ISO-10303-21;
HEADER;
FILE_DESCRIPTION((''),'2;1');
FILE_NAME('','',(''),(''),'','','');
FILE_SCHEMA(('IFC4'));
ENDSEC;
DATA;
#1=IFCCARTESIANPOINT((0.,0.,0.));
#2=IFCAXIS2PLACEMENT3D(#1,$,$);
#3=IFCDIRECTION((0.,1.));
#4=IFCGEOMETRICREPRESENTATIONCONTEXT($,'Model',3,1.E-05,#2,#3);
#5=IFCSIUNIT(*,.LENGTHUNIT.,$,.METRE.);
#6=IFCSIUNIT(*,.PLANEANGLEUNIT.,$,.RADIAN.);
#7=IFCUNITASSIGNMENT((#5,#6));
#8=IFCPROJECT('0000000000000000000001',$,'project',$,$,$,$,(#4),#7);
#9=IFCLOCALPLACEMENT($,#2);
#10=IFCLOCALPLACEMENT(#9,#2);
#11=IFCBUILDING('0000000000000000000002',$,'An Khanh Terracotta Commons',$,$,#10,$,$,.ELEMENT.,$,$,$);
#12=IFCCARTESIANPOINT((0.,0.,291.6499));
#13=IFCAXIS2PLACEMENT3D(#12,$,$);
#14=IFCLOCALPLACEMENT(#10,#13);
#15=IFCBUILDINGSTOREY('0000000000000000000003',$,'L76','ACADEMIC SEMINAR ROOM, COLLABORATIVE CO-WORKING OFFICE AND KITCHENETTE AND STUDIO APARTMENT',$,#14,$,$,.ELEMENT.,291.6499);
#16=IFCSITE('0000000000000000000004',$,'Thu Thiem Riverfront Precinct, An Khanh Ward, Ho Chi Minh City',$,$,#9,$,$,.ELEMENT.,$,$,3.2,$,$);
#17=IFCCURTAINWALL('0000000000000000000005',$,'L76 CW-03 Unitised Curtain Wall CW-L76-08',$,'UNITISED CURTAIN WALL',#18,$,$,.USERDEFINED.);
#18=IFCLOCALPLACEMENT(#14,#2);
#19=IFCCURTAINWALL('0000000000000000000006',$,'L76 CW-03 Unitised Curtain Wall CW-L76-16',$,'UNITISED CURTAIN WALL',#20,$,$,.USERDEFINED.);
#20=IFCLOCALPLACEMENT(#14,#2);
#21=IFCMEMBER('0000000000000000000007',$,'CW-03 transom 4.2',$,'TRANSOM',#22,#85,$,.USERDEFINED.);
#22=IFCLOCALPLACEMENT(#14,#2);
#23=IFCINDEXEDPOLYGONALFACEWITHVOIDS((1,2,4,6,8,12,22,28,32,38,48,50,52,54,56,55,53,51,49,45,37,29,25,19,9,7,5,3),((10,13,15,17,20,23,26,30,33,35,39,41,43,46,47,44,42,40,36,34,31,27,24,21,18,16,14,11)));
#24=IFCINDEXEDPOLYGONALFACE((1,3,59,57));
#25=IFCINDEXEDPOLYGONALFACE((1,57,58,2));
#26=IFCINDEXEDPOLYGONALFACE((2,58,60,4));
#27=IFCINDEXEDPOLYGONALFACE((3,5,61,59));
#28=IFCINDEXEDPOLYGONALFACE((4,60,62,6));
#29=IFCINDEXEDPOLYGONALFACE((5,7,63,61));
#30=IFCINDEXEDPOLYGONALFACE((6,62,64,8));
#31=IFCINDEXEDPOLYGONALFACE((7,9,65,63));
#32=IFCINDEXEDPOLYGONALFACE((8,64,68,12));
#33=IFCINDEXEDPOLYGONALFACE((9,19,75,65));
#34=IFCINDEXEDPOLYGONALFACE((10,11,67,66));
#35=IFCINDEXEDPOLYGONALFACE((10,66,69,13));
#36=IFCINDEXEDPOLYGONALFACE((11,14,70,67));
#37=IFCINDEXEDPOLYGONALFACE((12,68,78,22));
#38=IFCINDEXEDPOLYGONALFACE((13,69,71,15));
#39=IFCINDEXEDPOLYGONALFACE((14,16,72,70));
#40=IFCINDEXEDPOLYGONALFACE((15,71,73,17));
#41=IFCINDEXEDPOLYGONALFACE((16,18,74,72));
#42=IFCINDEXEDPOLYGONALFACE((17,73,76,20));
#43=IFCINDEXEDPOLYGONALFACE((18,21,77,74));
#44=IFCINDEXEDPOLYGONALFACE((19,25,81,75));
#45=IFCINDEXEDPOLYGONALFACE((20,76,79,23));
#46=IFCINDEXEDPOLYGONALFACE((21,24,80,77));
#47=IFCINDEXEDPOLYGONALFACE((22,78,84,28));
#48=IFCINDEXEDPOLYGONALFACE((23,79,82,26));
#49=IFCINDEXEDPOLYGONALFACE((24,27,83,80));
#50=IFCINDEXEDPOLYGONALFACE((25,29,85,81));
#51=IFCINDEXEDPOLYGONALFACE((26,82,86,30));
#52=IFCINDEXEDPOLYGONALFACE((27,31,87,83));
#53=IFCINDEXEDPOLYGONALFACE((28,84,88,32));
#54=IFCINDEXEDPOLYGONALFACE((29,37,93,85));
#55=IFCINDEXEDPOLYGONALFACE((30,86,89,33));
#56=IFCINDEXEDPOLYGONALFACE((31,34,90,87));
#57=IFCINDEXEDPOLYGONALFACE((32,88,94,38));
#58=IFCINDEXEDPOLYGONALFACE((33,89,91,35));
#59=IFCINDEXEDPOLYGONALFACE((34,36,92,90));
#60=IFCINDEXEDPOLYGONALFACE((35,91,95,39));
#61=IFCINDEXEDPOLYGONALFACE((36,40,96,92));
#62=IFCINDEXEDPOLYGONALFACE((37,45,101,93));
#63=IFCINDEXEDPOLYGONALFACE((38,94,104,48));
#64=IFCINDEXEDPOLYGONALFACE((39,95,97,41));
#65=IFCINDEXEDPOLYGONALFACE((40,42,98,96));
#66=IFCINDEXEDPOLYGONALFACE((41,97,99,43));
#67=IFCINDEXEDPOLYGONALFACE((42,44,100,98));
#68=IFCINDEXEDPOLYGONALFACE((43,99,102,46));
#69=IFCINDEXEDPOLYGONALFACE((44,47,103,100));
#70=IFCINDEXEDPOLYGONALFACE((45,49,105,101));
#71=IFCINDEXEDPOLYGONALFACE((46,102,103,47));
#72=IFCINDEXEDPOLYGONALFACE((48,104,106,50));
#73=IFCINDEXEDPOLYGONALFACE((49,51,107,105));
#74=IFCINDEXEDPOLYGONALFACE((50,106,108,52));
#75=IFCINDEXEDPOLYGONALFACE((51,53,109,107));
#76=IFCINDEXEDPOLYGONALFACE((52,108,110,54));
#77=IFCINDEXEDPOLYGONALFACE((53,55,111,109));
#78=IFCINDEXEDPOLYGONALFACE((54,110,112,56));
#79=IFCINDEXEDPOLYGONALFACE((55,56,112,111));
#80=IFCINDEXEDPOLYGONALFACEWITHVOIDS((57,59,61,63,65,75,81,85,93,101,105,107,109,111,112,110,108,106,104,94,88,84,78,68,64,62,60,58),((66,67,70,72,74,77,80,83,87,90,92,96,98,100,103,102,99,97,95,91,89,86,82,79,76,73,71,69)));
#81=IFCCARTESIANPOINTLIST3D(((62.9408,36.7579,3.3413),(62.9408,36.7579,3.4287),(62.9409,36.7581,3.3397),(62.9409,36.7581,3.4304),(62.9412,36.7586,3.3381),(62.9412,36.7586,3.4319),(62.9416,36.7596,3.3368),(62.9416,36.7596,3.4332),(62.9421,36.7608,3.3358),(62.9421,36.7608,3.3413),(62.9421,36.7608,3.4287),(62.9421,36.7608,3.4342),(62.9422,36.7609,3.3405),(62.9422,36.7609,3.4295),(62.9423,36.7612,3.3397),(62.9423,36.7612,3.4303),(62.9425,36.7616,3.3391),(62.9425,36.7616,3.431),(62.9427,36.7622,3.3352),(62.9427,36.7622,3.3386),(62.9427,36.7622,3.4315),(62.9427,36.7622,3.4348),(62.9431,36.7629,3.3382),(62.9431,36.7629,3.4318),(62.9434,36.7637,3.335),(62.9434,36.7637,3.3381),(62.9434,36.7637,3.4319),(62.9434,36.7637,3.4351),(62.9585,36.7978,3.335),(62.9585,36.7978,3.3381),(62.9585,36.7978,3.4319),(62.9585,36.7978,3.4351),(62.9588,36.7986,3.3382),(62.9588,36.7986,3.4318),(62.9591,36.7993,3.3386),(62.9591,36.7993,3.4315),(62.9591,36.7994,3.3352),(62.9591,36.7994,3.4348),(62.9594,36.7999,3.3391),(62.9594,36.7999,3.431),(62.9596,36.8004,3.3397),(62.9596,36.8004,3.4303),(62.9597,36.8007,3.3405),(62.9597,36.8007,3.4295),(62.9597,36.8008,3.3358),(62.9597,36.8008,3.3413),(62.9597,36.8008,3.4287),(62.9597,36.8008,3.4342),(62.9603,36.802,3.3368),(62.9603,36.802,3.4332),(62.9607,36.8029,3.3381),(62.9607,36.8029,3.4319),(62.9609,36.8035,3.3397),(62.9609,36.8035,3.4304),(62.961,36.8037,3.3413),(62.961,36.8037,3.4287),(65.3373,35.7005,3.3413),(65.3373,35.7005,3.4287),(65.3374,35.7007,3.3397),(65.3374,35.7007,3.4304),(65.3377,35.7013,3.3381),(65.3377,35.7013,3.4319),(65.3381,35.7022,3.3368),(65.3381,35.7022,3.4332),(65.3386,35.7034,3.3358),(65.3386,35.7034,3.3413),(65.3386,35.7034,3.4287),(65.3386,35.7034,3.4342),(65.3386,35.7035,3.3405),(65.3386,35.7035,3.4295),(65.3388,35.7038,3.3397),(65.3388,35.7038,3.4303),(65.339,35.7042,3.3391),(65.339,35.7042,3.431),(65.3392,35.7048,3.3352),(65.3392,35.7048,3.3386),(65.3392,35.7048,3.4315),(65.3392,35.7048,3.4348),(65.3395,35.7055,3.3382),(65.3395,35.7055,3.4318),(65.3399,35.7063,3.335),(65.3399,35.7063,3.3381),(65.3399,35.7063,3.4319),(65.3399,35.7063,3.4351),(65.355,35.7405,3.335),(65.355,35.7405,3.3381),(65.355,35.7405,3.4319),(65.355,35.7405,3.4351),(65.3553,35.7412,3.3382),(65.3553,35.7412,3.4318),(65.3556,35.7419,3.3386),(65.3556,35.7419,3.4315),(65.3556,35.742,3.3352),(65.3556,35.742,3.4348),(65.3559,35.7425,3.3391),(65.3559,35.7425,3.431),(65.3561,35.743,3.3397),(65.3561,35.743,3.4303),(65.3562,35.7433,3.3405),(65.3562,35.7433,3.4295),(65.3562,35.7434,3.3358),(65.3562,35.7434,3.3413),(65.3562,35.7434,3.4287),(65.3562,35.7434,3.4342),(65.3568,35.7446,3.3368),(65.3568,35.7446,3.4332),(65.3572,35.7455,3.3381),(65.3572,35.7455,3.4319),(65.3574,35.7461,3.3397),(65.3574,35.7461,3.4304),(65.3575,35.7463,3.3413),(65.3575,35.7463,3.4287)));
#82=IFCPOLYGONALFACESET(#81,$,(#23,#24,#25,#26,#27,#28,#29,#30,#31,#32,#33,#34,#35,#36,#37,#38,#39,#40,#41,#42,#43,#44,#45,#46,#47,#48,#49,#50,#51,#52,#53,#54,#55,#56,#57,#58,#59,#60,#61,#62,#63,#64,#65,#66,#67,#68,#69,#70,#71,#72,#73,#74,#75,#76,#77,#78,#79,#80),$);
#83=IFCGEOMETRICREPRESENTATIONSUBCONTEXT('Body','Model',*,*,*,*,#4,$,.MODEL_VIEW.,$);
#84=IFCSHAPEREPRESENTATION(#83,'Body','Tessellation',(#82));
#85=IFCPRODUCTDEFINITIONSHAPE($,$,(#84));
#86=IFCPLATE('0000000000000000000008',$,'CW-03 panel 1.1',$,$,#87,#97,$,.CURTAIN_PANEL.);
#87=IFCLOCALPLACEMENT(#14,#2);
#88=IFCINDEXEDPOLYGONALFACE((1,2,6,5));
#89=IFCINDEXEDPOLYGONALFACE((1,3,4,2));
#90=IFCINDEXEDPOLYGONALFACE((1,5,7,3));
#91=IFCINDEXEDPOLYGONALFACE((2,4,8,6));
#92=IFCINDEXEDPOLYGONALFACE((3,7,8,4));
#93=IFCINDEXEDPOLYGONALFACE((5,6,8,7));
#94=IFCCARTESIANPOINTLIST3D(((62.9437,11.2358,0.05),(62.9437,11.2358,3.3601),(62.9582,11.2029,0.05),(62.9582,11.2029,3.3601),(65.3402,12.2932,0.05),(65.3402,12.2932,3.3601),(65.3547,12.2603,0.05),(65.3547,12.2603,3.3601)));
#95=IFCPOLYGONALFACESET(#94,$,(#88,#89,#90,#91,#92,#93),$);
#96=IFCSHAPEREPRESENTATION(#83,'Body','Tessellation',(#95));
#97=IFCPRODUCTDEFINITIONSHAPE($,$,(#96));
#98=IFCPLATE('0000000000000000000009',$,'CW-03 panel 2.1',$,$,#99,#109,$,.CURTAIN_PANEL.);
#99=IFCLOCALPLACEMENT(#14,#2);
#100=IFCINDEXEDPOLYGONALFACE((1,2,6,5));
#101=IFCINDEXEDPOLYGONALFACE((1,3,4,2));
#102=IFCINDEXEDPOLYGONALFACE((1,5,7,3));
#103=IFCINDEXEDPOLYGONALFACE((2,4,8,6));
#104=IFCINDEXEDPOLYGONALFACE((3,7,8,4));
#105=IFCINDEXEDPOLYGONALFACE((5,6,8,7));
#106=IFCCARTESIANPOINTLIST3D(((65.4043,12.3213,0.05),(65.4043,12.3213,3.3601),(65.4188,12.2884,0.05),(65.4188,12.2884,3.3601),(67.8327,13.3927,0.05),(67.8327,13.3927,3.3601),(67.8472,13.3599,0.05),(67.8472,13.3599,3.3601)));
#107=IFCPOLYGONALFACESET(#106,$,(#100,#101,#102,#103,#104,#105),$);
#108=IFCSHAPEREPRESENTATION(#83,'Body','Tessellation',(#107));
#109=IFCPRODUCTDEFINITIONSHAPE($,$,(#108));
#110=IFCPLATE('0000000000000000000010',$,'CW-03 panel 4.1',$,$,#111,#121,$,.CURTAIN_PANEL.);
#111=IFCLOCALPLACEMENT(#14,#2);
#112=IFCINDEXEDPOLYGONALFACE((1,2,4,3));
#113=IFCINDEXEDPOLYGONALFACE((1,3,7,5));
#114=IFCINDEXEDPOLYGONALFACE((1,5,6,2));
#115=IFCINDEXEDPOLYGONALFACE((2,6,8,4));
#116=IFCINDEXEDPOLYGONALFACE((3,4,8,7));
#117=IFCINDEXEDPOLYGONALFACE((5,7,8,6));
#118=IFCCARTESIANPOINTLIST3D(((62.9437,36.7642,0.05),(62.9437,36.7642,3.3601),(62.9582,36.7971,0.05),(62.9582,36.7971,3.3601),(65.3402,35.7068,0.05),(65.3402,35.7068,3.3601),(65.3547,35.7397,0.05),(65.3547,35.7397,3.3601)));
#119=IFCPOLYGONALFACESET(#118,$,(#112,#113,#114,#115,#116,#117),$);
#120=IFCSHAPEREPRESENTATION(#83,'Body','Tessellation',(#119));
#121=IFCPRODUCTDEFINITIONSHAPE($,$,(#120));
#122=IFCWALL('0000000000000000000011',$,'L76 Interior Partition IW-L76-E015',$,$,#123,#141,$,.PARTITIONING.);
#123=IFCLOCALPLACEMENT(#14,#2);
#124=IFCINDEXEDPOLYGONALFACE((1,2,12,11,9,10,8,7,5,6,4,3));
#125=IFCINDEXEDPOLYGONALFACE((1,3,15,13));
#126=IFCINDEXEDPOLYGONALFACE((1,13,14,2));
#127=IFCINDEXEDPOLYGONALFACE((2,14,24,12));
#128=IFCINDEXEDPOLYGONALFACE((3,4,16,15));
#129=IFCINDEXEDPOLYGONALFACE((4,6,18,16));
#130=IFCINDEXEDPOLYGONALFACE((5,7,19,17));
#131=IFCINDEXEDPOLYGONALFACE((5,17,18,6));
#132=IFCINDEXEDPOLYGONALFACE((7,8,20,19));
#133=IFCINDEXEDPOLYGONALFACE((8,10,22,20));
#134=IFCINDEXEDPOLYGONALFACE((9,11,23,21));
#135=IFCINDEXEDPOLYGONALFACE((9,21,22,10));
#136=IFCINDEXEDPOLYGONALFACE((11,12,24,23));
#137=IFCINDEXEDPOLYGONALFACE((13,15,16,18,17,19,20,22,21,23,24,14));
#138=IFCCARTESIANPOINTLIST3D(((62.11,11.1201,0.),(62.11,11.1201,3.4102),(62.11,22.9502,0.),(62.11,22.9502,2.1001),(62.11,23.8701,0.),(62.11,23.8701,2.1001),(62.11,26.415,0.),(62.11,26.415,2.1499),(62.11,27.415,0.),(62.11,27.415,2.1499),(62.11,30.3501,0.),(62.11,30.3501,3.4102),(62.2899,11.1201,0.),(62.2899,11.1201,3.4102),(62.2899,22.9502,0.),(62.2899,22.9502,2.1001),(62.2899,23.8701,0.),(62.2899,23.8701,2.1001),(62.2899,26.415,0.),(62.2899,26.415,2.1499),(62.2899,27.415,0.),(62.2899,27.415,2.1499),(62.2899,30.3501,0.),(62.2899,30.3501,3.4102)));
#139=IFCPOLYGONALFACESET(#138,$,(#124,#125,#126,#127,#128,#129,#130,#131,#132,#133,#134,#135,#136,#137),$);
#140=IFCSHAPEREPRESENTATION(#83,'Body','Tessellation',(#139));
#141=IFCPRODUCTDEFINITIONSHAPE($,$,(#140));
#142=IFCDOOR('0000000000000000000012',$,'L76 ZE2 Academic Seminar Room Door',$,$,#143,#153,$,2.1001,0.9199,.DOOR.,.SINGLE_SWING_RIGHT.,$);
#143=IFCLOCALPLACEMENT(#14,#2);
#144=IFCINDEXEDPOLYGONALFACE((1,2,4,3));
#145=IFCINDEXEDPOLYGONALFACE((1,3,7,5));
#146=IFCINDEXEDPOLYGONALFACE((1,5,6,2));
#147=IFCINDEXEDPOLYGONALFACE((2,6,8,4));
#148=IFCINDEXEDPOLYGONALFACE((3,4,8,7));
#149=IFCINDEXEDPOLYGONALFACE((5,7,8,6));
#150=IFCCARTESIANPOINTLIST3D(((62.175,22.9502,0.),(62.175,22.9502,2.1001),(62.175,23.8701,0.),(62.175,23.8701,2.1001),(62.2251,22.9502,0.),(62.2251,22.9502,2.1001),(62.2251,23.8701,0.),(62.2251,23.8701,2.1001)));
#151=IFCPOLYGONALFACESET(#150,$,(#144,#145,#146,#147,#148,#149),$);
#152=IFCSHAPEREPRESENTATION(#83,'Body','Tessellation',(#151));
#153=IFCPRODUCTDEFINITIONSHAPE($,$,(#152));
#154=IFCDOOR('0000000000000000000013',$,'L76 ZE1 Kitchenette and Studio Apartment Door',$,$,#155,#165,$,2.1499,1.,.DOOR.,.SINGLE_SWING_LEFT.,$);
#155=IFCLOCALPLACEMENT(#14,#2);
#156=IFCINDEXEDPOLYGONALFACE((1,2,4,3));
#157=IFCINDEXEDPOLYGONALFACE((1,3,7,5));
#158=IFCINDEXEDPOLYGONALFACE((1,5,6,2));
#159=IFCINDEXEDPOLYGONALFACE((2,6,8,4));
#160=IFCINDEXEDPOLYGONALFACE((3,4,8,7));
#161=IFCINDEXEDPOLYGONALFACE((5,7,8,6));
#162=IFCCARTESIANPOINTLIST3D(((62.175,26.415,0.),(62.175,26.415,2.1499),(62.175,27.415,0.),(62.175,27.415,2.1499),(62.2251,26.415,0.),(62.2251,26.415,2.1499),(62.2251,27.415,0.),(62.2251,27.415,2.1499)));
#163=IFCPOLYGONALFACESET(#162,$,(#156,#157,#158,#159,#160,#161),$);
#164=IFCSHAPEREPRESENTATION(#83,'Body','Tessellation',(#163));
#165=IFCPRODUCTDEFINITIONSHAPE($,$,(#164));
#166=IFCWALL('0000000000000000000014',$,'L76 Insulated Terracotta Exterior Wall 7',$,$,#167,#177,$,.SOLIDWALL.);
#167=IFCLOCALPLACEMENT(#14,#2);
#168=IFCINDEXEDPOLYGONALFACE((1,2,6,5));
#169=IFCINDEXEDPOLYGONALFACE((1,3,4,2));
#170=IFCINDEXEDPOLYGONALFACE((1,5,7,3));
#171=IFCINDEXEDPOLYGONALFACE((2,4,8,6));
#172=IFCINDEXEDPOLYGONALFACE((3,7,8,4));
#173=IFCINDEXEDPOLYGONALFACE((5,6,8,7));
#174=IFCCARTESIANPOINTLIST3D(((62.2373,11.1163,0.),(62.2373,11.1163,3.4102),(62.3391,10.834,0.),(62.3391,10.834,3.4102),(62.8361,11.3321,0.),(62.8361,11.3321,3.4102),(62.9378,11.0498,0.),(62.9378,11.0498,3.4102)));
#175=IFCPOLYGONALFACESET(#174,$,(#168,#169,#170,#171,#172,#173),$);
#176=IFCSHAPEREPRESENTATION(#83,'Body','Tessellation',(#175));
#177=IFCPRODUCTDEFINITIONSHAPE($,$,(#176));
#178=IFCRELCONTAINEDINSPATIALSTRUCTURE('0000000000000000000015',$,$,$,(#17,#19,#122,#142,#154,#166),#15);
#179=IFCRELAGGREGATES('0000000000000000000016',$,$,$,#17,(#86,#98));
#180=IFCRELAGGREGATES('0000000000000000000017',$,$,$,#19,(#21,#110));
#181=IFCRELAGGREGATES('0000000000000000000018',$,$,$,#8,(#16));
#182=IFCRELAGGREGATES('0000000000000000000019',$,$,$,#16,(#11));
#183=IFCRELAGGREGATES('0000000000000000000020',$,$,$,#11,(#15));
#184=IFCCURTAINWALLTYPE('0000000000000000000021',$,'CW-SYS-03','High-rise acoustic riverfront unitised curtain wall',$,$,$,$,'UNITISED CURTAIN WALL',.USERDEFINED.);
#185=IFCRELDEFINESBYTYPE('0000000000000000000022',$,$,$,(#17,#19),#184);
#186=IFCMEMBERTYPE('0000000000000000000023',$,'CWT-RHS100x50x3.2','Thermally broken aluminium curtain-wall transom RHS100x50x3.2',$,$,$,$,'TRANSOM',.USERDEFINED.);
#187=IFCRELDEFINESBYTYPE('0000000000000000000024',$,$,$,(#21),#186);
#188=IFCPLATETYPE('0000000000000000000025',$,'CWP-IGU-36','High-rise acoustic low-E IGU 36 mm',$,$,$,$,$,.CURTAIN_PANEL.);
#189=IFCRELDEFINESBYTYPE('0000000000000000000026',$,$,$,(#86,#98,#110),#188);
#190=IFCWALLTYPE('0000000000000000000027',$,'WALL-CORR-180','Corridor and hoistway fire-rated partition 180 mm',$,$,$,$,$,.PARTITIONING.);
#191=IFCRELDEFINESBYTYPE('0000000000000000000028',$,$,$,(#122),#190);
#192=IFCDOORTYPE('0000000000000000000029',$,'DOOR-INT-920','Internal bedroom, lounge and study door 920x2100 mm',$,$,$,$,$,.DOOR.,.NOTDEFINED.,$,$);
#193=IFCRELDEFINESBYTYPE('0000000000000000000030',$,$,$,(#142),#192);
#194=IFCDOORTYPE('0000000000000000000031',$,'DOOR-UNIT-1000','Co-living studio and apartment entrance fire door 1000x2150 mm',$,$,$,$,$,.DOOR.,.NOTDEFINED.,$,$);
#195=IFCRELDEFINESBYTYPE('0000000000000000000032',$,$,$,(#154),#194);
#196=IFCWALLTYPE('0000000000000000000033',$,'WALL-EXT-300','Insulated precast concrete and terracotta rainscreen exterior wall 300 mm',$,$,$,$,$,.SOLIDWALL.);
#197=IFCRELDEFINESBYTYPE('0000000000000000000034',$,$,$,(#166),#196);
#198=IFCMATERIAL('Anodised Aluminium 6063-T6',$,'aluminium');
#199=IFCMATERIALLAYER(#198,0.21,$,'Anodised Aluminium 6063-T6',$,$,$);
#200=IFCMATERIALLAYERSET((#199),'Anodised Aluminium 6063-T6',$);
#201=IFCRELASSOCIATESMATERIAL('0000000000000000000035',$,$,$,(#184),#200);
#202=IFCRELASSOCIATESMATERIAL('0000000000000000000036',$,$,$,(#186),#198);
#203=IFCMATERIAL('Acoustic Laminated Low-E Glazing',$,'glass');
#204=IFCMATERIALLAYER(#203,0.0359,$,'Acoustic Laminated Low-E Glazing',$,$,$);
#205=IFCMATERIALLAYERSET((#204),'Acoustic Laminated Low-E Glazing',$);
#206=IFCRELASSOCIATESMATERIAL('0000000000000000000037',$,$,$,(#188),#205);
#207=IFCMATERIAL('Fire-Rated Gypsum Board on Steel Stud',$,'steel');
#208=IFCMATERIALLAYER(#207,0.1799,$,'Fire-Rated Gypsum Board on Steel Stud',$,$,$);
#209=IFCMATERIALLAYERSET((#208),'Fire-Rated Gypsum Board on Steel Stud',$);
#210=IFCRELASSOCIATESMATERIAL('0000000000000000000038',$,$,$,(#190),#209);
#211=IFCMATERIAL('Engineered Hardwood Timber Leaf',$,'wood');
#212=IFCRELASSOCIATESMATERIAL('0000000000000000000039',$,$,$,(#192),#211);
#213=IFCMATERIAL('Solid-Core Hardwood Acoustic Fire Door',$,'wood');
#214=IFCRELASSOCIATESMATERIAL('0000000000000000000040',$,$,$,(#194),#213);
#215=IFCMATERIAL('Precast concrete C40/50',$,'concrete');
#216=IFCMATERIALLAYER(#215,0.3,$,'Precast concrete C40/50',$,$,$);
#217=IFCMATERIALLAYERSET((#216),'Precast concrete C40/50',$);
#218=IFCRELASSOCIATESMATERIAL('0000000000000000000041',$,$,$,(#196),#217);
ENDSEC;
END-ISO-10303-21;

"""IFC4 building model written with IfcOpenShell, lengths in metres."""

from ifc_helpers import new_model, si_unit, direction, frame, frame_2d, origin, origin_2d, place, context, subcontext, project, spatial, rectangle, hollow_rectangle, extrude, material, layer, layer_set, material_profile, profile_set, type_object, element, fill, aggregate, save


model = new_model("IFC4")

# Units and contexts
model_context = context("Model", 3, precision=1e-05, world=origin(), true_north=direction((0.0, 1.0)))
body_context = subcontext(model_context, "Body", "Model", "MODEL_VIEW")
ifc_project = project(units=[si_unit("LENGTHUNIT", "METRE"), si_unit("PLANEANGLEUNIT", "RADIAN")], contexts=[model_context])

# Site, building, storey
site_placement = place(None, origin())
site = spatial("IfcSite", under=ifc_project, at=site_placement, Name="Thu Thiem Riverfront Precinct, An Khanh Ward, Ho Chi Minh City", CompositionType="ELEMENT", RefElevation=3.2)
building_placement = place(site_placement, origin())
building = spatial("IfcBuilding", under=site, at=building_placement, Name="An Khanh Terracotta Commons", CompositionType="ELEMENT")
storey_placement = place(building_placement, frame((0.0, 0.0, 291.6499)))
storey = spatial("IfcBuildingStorey", under=building, at=storey_placement, Name="L76", Description="ACADEMIC SEMINAR ROOM, COLLABORATIVE CO-WORKING OFFICE AND KITCHENETTE AND STUDIO APARTMENT", CompositionType="ELEMENT", Elevation=291.6499)

# Curtain walls
ifc_material_1 = material(Name="Anodised Aluminium 6063-T6", Category="aluminium")
ifc_layer_1 = layer(ifc_material_1, 0.21, Name="Anodised Aluminium 6063-T6")
ifc_layer_set_1 = layer_set([ifc_layer_1], Name="Anodised Aluminium 6063-T6")
curtain_wall_type = type_object("IfcCurtainWallType", Name="CW-SYS-03", Description="High-rise acoustic riverfront unitised curtain wall", ElementType="UNITISED CURTAIN WALL", PredefinedType="USERDEFINED", material=ifc_layer_set_1)
curtain_wall_1_placement = place(storey_placement, origin())
curtain_wall_1 = element("IfcCurtainWall", 1, at=curtain_wall_1_placement, inside=storey, type_object=curtain_wall_type, Name="L76 CW-03 Unitised Curtain Wall CW-L76-08", ObjectType="UNITISED CURTAIN WALL", PredefinedType="USERDEFINED")
curtain_wall_2_placement = place(storey_placement, origin())
curtain_wall_2 = element("IfcCurtainWall", 2, at=curtain_wall_2_placement, inside=storey, type_object=curtain_wall_type, Name="L76 CW-03 Unitised Curtain Wall CW-L76-16", ObjectType="UNITISED CURTAIN WALL", PredefinedType="USERDEFINED")

# Member
ifc_material_profile_1 = material_profile(ifc_material_1, hollow_rectangle(XDim=0.05, YDim=0.1001, WallThickness=0.0032, InnerFilletRadius=0.0032, OuterFilletRadius=0.0063, at=origin_2d()), Name="RHS100x50x3.2")
ifc_profile_set_1 = profile_set([ifc_material_profile_1], Name="Anodised Aluminium 6063-T6")
member_type_1 = type_object("IfcMemberType", Name="CWT-RHS100x50x3.2", Description="Thermally broken aluminium curtain-wall transom RHS100x50x3.2", ElementType="TRANSOM", PredefinedType="USERDEFINED", material=ifc_profile_set_1)
member_1_placement = place(storey_placement, frame((65.3474, 35.7234, 3.385), z_axis=(-0.914904, 0.403672, 0.0), x_axis=(-0.403672, -0.914904, 0.0)))
member_1 = element("IfcMember", 3, at=member_1_placement, type_object=member_type_1, Name="CW-03 transom 4.2", ObjectType="TRANSOM", PredefinedType="USERDEFINED", context=body_context, shape_type="SweptSolid", body=[
    extrude(hollow_rectangle(XDim=0.05, YDim=0.1001, WallThickness=0.0032, InnerFilletRadius=0.0032, OuterFilletRadius=0.0063, at=origin_2d()), origin(), (0.0, 0.0, 1.0), 2.6194),
])

# Plates
ifc_material_2 = material(Name="Acoustic Laminated Low-E Glazing", Category="glass")
ifc_layer_2 = layer(ifc_material_2, 0.0359, Name="Acoustic Laminated Low-E Glazing")
ifc_layer_set_2 = layer_set([ifc_layer_2], Name="Acoustic Laminated Low-E Glazing")
plate_type = type_object("IfcPlateType", Name="CWP-IGU-36", Description="High-rise acoustic low-E IGU 36 mm", PredefinedType="CURTAIN_PANEL", material=ifc_layer_set_2)
plate_1_placement = place(storey_placement, frame((64.1492, 11.748, 0.05), z_axis=(0.0, 0.0, 1.0), x_axis=(0.914902, 0.403676, 0.0)))
plate_1 = element("IfcPlate", 4, at=plate_1_placement, type_object=plate_type, Name="CW-03 panel 1.1", PredefinedType="CURTAIN_PANEL", context=body_context, shape_type="SweptSolid", body=[
    extrude(rectangle(XDim=2.6194, YDim=0.0359, at=origin_2d()), origin(), (0.0, 0.0, 1.0), 3.3101),
])
plate_2_placement = place(storey_placement, frame((66.6257, 12.8406, 0.05), z_axis=(0.0, 0.0, 1.0), x_axis=(0.914902, 0.403676, 0.0)))
plate_2 = element("IfcPlate", 5, at=plate_2_placement, type_object=plate_type, Name="CW-03 panel 2.1", PredefinedType="CURTAIN_PANEL", context=body_context, shape_type="SweptSolid", body=[
    extrude(rectangle(XDim=2.6543, YDim=0.0359, at=origin_2d()), origin(), (0.0, 0.0, 1.0), 3.3101),
])
aggregate(curtain_wall_1, [plate_1, plate_2])
plate_3_placement = place(storey_placement, frame((64.1492, 36.252, 0.05), z_axis=(0.0, 0.0, 1.0), x_axis=(-0.914902, 0.403676, 0.0)))
plate_3 = element("IfcPlate", 6, at=plate_3_placement, type_object=plate_type, Name="CW-03 panel 4.1", PredefinedType="CURTAIN_PANEL", context=body_context, shape_type="SweptSolid", body=[
    extrude(rectangle(XDim=2.6194, YDim=0.0359, at=origin_2d()), origin(), (0.0, 0.0, 1.0), 3.3101),
])
aggregate(curtain_wall_2, [member_1, plate_3])

# Wall, openings, doors
ifc_material_3 = material(Name="Fire-Rated Gypsum Board on Steel Stud", Category="steel")
ifc_layer_3 = layer(ifc_material_3, 0.1799, Name="Fire-Rated Gypsum Board on Steel Stud")
ifc_layer_set_3 = layer_set([ifc_layer_3], Name="Fire-Rated Gypsum Board on Steel Stud")
wall_type_1 = type_object("IfcWallType", Name="WALL-CORR-180", Description="Corridor and hoistway fire-rated partition 180 mm", PredefinedType="PARTITIONING", material=ifc_layer_set_3)
wall_1_placement = place(storey_placement, frame((62.2, 11.1201, 0.0), z_axis=(0.0, 0.0, 1.0), x_axis=(0.0, 1.0, 0.0)))
wall_1 = element("IfcWall", 7, at=wall_1_placement, inside=storey, type_object=wall_type_1, Name="L76 Interior Partition IW-L76-E015", PredefinedType="PARTITIONING", context=body_context, shape_type="SweptSolid", body=[
    extrude(rectangle(XDim=19.23, YDim=0.1799, at=frame_2d((9.615, 0.0))), origin(), (0.0, 0.0, 1.0), 3.4102),
])
opening_1_placement = place(wall_1_placement, frame((15.2949, 0.0, 0.0)))
opening_1 = element("IfcOpeningElement", 8, at=opening_1_placement, cuts=wall_1, PredefinedType="OPENING", context=body_context, shape_type="SweptSolid", body=[
    extrude(rectangle(XDim=1.0, YDim=2.1499, at=frame_2d((0.5, 1.075))), frame((0.0, 0.0999, 0.0), z_axis=(0.0, -1.0, 0.0), x_axis=(1.0, 0.0, 0.0)), (0.0, 0.0, 1.0), 0.2),
])
opening_2_placement = place(wall_1_placement, frame((11.8301, 0.0, 0.0)))
opening_2 = element("IfcOpeningElement", 9, at=opening_2_placement, cuts=wall_1, PredefinedType="OPENING", context=body_context, shape_type="SweptSolid", body=[
    extrude(rectangle(XDim=0.9199, YDim=2.1001, at=frame_2d((0.46, 1.05))), frame((0.0, 0.0999, 0.0), z_axis=(0.0, -1.0, 0.0), x_axis=(1.0, 0.0, 0.0)), (0.0, 0.0, 1.0), 0.2),
])
ifc_material_4 = material(Name="Engineered Hardwood Timber Leaf", Category="wood")
door_type_1 = type_object("IfcDoorType", Name="DOOR-INT-920", Description="Internal bedroom, lounge and study door 920x2100 mm", OperationType="NOTDEFINED", PredefinedType="DOOR", material=ifc_material_4)
door_1_placement = place(opening_2_placement, origin())
door_1 = element("IfcDoor", 10, at=door_1_placement, inside=storey, type_object=door_type_1, Name="L76 ZE2 Academic Seminar Room Door", OperationType="SINGLE_SWING_RIGHT", OverallHeight=2.1001, OverallWidth=0.9199, PredefinedType="DOOR", context=body_context, shape_type="SweptSolid", body=[
    extrude(rectangle(XDim=0.9199, YDim=2.1001, at=frame_2d((0.46, 1.05))), frame((0.0, 0.0249, 0.0), z_axis=(0.0, -1.0, 0.0), x_axis=(1.0, 0.0, 0.0)), (0.0, 0.0, 1.0), 0.05),
])
fill(opening_2, door_1)
ifc_material_5 = material(Name="Solid-Core Hardwood Acoustic Fire Door", Category="wood")
door_type_2 = type_object("IfcDoorType", Name="DOOR-UNIT-1000", Description="Co-living studio and apartment entrance fire door 1000x2150 mm", OperationType="NOTDEFINED", PredefinedType="DOOR", material=ifc_material_5)
door_2_placement = place(opening_1_placement, origin())
door_2 = element("IfcDoor", 11, at=door_2_placement, inside=storey, type_object=door_type_2, Name="L76 ZE1 Kitchenette and Studio Apartment Door", OperationType="SINGLE_SWING_LEFT", OverallHeight=2.1499, OverallWidth=1.0, PredefinedType="DOOR", context=body_context, shape_type="SweptSolid", body=[
    extrude(rectangle(XDim=1.0, YDim=2.1499, at=frame_2d((0.5, 1.075))), frame((0.0, 0.0249, 0.0), z_axis=(0.0, -1.0, 0.0), x_axis=(1.0, 0.0, 0.0)), (0.0, 0.0, 1.0), 0.05),
])
fill(opening_1, door_2)

# Wall
ifc_material_6 = material(Name="Precast concrete C40/50", Category="concrete")
ifc_layer_4 = layer(ifc_material_6, 0.3, Name="Precast concrete C40/50")
ifc_layer_set_4 = layer_set([ifc_layer_4], Name="Precast concrete C40/50")
wall_type_2 = type_object("IfcWallType", Name="WALL-EXT-300", Description="Insulated precast concrete and terracotta rainscreen exterior wall 300 mm", PredefinedType="SOLIDWALL", material=ifc_layer_set_4)
for number, where, z_axis, x_axis, name in (
    (12, (62.2881, 10.9751, 0.0), (0.0, 0.0, 1.0), (0.940775, 0.339032, 0.0), "L76 Insulated Terracotta Exterior Wall 7"),
):
    element("IfcWall", number, at=place(storey_placement, frame(where, z_axis=z_axis, x_axis=x_axis)), inside=storey, type_object=wall_type_2, Name=name, PredefinedType="SOLIDWALL", context=body_context, shape_type="SweptSolid", body=[
        extrude(rectangle(XDim=0.6365, YDim=0.3, at=frame_2d((0.3184, 0.0))), origin(), (0.0, 0.0, 1.0), 3.4102),
    ])

save(model, "model.ifc")
